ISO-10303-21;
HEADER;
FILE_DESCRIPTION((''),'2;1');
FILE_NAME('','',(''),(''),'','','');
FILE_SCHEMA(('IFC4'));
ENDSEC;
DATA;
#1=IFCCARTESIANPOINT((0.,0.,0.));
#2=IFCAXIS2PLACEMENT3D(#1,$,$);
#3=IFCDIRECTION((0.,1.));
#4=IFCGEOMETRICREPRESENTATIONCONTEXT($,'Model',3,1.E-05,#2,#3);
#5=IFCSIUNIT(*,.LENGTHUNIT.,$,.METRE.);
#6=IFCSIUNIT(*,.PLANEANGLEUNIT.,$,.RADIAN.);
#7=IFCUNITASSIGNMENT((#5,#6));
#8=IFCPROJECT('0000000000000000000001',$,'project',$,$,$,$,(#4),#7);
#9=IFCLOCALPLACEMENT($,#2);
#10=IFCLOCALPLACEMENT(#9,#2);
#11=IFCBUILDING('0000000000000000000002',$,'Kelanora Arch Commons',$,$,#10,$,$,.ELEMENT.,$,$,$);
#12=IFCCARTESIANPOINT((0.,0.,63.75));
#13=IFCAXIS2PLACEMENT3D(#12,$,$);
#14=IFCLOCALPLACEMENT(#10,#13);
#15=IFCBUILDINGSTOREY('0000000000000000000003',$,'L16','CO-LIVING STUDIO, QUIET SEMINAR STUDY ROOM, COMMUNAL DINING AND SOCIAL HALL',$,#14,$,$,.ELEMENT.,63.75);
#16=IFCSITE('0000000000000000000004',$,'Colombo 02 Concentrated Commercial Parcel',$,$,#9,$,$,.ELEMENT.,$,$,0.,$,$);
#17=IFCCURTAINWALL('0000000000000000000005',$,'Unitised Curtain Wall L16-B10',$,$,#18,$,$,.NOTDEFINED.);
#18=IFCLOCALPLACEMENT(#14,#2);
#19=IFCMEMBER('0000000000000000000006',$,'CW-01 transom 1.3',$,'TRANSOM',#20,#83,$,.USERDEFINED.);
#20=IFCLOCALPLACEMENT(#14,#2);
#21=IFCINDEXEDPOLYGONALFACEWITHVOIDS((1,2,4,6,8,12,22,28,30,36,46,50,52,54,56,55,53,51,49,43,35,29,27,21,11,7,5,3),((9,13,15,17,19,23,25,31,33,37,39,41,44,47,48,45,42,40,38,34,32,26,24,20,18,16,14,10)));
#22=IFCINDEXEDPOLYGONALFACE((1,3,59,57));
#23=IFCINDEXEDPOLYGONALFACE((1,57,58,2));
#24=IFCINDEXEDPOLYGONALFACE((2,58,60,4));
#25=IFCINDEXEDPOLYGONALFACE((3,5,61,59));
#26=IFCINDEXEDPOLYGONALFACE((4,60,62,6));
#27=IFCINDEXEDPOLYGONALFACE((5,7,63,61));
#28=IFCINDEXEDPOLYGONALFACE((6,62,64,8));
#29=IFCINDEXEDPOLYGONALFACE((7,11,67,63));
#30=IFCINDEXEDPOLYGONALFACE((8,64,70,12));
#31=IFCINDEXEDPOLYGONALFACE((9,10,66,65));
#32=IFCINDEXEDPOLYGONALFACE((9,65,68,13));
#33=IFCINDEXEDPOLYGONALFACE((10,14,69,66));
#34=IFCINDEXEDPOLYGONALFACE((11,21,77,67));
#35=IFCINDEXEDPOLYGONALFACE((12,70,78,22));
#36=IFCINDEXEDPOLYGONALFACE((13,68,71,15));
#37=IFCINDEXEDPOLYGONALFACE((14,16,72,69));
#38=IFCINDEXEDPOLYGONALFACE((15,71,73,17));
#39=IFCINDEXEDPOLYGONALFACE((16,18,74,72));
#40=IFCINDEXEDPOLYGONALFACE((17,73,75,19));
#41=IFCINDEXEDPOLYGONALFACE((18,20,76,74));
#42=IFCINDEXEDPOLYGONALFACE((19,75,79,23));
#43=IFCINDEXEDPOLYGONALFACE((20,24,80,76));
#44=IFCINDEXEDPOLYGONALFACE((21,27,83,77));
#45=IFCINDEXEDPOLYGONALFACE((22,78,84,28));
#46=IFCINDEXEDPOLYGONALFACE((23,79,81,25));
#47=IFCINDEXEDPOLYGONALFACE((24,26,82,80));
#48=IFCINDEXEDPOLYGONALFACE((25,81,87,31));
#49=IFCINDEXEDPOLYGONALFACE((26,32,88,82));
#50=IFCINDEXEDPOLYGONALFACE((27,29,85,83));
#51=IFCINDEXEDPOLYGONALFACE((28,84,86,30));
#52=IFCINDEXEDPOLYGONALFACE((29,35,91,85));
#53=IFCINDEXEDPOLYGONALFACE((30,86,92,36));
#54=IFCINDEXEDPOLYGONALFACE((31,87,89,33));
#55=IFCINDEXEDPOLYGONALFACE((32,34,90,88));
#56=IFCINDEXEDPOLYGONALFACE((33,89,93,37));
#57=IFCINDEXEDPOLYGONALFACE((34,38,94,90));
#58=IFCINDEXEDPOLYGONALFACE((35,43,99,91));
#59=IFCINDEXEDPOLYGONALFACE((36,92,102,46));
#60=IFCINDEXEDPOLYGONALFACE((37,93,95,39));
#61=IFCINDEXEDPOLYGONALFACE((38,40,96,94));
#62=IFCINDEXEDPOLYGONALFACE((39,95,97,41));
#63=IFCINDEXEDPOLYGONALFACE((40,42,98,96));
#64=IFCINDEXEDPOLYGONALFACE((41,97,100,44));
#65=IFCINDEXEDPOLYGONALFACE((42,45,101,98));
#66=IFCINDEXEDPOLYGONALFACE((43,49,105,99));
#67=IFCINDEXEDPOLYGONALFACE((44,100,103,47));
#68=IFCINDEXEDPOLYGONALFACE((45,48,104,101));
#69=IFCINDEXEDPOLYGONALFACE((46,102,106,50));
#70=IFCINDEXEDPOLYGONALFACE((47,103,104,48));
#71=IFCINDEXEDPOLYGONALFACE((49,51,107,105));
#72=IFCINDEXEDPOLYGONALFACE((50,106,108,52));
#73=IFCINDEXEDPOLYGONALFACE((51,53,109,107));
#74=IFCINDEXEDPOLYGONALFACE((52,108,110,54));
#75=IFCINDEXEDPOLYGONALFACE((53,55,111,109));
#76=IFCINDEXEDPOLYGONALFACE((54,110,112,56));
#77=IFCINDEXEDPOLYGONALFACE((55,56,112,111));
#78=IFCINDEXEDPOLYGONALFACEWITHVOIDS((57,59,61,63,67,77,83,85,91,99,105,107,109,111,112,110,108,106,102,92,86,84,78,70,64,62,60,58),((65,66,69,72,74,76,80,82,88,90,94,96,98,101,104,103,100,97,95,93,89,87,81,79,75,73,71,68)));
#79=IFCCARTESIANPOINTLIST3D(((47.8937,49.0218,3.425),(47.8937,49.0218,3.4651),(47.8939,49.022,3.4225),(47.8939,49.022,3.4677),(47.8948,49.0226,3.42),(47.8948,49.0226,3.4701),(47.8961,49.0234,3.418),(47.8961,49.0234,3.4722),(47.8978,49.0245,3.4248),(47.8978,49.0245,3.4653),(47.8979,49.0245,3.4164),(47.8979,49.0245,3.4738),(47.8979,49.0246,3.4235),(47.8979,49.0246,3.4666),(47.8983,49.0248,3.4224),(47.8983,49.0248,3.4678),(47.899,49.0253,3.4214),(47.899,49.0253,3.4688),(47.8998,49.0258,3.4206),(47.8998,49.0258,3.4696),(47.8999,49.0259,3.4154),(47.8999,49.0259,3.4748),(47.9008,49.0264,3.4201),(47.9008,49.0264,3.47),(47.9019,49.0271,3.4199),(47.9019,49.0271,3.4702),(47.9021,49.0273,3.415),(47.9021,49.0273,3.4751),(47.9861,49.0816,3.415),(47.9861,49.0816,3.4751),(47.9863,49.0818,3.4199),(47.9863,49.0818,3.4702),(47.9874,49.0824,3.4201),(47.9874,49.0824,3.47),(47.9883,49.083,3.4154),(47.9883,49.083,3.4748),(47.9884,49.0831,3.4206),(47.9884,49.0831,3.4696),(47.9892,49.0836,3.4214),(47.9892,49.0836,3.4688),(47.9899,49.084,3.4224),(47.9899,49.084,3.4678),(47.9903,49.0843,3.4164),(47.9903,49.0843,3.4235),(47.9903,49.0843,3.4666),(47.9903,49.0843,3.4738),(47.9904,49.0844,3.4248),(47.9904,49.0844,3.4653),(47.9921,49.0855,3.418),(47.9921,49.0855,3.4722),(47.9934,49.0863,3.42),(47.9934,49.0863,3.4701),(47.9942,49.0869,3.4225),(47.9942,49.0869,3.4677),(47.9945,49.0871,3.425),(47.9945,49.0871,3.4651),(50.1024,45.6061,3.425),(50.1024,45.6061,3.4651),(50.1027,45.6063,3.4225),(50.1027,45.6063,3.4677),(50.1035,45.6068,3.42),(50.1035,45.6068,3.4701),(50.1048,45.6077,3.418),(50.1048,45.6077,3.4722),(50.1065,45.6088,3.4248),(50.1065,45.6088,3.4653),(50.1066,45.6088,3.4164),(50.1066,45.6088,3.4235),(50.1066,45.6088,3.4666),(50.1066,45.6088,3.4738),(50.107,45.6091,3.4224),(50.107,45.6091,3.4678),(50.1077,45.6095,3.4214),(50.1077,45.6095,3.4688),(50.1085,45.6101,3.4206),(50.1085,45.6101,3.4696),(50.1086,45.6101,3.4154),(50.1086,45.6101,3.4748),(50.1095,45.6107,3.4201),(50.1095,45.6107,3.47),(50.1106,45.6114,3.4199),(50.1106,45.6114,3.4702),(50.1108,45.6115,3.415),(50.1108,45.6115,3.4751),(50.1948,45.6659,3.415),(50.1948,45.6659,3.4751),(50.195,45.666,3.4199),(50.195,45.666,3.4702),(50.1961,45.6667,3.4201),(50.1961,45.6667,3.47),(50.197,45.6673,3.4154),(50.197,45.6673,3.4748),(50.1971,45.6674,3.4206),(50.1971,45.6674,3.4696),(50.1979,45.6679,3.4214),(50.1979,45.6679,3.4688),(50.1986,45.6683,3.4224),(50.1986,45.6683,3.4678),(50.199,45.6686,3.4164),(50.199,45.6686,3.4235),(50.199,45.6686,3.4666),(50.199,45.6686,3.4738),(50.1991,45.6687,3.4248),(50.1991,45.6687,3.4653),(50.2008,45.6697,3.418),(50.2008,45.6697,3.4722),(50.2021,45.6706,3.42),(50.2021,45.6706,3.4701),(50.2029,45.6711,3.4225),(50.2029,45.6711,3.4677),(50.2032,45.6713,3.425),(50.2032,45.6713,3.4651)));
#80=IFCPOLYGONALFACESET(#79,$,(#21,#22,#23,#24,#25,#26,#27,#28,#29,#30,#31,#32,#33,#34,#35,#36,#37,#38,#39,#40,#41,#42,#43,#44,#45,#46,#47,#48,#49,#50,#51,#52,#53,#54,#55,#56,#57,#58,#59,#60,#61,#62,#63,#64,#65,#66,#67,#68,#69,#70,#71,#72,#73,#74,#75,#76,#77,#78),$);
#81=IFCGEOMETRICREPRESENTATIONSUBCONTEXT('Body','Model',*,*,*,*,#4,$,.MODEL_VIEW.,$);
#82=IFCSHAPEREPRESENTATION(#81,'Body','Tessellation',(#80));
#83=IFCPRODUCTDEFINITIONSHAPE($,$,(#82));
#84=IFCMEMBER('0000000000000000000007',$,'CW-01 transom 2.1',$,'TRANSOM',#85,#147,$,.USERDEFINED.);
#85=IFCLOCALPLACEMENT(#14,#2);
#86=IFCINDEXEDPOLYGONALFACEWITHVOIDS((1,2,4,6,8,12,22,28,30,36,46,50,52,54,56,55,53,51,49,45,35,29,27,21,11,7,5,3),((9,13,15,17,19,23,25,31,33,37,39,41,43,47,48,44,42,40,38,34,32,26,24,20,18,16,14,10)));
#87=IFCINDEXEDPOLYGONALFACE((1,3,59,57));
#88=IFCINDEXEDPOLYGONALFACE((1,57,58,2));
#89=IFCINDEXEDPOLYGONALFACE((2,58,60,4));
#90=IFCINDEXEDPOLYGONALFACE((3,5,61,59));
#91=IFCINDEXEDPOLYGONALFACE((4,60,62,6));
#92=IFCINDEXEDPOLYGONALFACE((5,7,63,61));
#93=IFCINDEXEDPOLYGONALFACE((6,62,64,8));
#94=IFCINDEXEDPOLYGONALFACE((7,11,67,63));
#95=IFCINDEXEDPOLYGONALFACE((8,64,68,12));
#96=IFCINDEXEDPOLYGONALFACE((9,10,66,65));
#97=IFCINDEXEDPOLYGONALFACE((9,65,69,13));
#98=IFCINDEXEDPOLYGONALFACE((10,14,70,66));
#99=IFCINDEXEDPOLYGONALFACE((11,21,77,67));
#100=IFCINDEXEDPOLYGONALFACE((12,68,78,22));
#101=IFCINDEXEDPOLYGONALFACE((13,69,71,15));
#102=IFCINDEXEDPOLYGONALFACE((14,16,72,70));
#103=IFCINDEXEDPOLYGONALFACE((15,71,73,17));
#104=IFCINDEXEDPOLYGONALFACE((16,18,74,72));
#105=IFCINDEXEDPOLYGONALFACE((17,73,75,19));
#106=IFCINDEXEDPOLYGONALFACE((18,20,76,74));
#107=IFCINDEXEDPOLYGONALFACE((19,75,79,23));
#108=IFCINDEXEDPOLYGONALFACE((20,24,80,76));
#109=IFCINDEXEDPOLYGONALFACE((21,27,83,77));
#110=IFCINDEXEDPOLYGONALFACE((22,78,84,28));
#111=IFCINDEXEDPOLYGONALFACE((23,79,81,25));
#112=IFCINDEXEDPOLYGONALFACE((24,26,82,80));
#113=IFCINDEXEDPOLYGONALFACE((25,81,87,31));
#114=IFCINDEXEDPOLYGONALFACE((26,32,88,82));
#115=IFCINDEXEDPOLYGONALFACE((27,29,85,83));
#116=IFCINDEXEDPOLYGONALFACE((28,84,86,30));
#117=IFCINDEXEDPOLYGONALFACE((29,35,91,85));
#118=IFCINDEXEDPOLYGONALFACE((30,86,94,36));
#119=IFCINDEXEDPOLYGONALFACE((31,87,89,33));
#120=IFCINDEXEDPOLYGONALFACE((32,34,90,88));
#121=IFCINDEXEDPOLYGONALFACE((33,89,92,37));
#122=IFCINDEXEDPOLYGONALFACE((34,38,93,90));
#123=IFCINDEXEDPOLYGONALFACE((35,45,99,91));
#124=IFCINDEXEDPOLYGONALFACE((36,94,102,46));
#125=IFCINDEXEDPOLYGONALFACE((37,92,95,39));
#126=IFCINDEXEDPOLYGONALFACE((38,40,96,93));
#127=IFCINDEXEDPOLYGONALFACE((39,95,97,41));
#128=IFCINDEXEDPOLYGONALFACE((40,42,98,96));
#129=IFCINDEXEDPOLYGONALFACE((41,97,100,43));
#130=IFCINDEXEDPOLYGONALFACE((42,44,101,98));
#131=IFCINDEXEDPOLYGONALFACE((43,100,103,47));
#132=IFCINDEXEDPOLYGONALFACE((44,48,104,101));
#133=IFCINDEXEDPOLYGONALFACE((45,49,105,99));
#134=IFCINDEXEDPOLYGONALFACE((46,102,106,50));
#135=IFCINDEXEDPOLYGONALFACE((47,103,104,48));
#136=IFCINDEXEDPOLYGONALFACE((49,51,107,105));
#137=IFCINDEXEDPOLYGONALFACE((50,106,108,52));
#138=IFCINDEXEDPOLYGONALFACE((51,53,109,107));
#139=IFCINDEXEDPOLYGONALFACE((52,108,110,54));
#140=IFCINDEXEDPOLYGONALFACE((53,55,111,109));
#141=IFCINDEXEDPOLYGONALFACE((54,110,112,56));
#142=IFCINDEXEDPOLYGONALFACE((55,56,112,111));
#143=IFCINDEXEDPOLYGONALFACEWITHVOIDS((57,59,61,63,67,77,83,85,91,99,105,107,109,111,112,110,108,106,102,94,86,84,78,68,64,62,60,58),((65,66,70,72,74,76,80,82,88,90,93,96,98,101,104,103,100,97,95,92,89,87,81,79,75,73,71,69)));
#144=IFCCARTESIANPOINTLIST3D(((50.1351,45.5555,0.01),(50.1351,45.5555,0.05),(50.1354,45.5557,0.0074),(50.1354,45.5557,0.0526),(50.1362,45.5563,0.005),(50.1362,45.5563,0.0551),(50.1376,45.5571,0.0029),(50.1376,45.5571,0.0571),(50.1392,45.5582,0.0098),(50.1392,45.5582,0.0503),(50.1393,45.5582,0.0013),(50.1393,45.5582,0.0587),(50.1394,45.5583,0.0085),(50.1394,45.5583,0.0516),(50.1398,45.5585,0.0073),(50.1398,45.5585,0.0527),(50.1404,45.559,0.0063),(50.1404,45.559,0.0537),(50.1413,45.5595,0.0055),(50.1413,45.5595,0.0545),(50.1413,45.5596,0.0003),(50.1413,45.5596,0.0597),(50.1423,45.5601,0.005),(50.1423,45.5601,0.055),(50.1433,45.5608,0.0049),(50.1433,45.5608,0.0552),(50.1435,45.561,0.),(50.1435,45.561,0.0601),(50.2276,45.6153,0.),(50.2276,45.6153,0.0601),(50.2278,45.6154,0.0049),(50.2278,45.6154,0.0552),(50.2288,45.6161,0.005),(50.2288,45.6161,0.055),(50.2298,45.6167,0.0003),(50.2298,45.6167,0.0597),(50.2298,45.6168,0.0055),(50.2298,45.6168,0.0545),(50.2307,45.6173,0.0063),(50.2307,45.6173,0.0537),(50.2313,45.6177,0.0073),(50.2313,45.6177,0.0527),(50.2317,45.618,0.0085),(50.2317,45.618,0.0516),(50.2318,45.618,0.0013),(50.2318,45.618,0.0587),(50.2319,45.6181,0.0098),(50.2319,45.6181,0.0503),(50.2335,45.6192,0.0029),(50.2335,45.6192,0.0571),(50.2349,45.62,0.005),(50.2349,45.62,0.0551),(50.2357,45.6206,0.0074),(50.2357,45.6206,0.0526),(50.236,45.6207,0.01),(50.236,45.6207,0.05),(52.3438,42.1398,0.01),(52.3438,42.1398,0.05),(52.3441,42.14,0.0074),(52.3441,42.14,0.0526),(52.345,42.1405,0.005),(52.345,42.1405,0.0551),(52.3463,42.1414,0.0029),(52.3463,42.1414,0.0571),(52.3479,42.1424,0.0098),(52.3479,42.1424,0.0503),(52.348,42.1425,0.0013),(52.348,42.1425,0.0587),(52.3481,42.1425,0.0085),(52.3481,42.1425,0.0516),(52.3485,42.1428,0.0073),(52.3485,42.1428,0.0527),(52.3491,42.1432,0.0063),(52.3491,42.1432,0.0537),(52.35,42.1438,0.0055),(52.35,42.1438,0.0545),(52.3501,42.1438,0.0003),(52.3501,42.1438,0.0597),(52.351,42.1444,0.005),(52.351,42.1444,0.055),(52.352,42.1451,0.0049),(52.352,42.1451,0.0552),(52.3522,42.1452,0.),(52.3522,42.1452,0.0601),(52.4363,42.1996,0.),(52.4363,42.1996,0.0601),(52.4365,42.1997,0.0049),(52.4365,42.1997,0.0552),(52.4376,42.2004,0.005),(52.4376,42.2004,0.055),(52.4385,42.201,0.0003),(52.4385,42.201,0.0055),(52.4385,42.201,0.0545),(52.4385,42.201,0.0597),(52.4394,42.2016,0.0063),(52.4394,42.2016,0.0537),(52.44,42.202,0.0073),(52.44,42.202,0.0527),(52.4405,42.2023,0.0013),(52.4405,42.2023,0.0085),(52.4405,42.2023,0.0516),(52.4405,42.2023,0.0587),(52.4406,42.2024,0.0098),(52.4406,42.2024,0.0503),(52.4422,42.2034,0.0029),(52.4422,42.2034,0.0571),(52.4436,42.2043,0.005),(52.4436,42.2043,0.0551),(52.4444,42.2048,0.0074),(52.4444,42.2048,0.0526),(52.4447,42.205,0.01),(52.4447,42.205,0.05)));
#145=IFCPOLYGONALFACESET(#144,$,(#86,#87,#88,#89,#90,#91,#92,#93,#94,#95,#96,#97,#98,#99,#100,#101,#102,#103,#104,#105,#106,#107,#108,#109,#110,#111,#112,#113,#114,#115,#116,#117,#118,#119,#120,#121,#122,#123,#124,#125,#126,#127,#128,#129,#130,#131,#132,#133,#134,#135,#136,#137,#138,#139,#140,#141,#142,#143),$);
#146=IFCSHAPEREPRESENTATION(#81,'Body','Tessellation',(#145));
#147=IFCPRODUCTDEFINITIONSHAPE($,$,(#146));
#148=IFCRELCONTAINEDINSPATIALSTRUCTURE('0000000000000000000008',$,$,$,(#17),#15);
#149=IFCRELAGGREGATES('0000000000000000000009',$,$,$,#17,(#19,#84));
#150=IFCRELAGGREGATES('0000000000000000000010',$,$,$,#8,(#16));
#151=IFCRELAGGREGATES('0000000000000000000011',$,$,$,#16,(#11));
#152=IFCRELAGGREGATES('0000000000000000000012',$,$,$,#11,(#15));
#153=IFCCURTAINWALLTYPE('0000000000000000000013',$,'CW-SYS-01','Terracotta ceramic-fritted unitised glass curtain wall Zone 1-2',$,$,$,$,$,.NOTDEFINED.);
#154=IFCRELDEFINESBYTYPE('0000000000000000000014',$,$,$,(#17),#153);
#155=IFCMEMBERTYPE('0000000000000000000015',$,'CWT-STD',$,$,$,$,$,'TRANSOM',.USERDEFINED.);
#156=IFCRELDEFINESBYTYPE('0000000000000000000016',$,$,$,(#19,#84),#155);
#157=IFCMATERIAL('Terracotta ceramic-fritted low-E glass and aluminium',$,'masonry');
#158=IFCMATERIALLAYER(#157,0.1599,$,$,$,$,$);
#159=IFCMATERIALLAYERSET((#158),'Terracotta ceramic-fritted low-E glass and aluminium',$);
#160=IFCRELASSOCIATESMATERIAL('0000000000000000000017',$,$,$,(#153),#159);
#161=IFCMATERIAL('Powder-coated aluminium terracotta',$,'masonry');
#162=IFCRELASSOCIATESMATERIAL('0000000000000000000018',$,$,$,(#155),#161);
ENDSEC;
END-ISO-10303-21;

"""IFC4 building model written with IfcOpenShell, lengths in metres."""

from ifc_helpers import new_model, si_unit, direction, frame, origin, origin_2d, place, context, subcontext, project, spatial, hollow_rectangle, extrude, material, layer, layer_set, material_profile, profile_set, type_object, element, aggregate, save


model = new_model("IFC4")

# Units and contexts
model_context = context("Model", 3, precision=1e-05, world=origin(), true_north=direction((0.0, 1.0)))
body_context = subcontext(model_context, "Body", "Model", "MODEL_VIEW")
ifc_project = project(units=[si_unit("LENGTHUNIT", "METRE"), si_unit("PLANEANGLEUNIT", "RADIAN")], contexts=[model_context])

# Site, building, storey
site_placement = place(None, origin())
site = spatial("IfcSite", under=ifc_project, at=site_placement, Name="Colombo 02 Concentrated Commercial Parcel", CompositionType="ELEMENT", RefElevation=0.0)
building_placement = place(site_placement, origin())
building = spatial("IfcBuilding", under=site, at=building_placement, Name="Kelanora Arch Commons", CompositionType="ELEMENT")
storey_placement = place(building_placement, frame((0.0, 0.0, 63.75)))
storey = spatial("IfcBuildingStorey", under=building, at=storey_placement, Name="L16", Description="CO-LIVING STUDIO, QUIET SEMINAR STUDY ROOM, COMMUNAL DINING AND SOCIAL HALL", CompositionType="ELEMENT", Elevation=63.75)

# Shared definitions
ifc_material_1 = material(Name="Terracotta ceramic-fritted low-E glass and aluminium", Category="masonry")
ifc_layer_1 = layer(ifc_material_1, 0.1599)
ifc_layer_set_1 = layer_set([ifc_layer_1], Name="Terracotta ceramic-fritted low-E glass and aluminium")
curtain_wall_type = type_object("IfcCurtainWallType", Name="CW-SYS-01", Description="Terracotta ceramic-fritted unitised glass curtain wall Zone 1-2", PredefinedType="NOTDEFINED", material=ifc_layer_set_1)
ifc_material_2 = material(Name="Powder-coated aluminium terracotta", Category="masonry")

# Curtain wall, members
curtain_wall_1_placement = place(storey_placement, origin())
curtain_wall_1 = element("IfcCurtainWall", 1, at=curtain_wall_1_placement, inside=storey, type_object=curtain_wall_type, Name="Unitised Curtain Wall L16-B10", PredefinedType="NOTDEFINED")
ifc_material_profile_1 = material_profile(ifc_material_2, hollow_rectangle(XDim=0.1201, YDim=0.0601, WallThickness=0.0049, InnerFilletRadius=0.0049, OuterFilletRadius=0.01, at=origin_2d()), Name="CWT120x60")
ifc_profile_set_1 = profile_set([ifc_material_profile_1], Name="Powder-coated aluminium terracotta")
member_type_1 = type_object("IfcMemberType", Name="CWT-STD", ElementType="TRANSOM", PredefinedType="USERDEFINED", material=ifc_profile_set_1)
member_1_placement = place(storey_placement, frame((47.9441, 49.0544, 3.4451), z_axis=(0.542997, -0.839734, 0.0), x_axis=(0.839734, 0.542997, 0.0)))
member_1 = element("IfcMember", 2, at=member_1_placement, type_object=member_type_1, Name="CW-01 transom 1.3", ObjectType="TRANSOM", PredefinedType="USERDEFINED", context=body_context, shape_type="SweptSolid", body=[
    extrude(hollow_rectangle(XDim=0.1201, YDim=0.0601, WallThickness=0.0049, InnerFilletRadius=0.0049, OuterFilletRadius=0.01, at=origin_2d()), origin(), (0.0, 0.0, 1.0), 4.0676),
])
member_2_placement = place(storey_placement, frame((50.1855, 45.5881, 0.03), z_axis=(0.542997, -0.839734, 0.0), x_axis=(0.839734, 0.542997, 0.0)))
member_2 = element("IfcMember", 3, at=member_2_placement, type_object=member_type_1, Name="CW-01 transom 2.1", ObjectType="TRANSOM", PredefinedType="USERDEFINED", context=body_context, shape_type="SweptSolid", body=[
    extrude(hollow_rectangle(XDim=0.1201, YDim=0.0601, WallThickness=0.0049, InnerFilletRadius=0.0049, OuterFilletRadius=0.01, at=origin_2d()), origin(), (0.0, 0.0, 1.0), 4.0676),
])

aggregate(curtain_wall_1, [member_1, member_2])

save(model, "model.ifc")
